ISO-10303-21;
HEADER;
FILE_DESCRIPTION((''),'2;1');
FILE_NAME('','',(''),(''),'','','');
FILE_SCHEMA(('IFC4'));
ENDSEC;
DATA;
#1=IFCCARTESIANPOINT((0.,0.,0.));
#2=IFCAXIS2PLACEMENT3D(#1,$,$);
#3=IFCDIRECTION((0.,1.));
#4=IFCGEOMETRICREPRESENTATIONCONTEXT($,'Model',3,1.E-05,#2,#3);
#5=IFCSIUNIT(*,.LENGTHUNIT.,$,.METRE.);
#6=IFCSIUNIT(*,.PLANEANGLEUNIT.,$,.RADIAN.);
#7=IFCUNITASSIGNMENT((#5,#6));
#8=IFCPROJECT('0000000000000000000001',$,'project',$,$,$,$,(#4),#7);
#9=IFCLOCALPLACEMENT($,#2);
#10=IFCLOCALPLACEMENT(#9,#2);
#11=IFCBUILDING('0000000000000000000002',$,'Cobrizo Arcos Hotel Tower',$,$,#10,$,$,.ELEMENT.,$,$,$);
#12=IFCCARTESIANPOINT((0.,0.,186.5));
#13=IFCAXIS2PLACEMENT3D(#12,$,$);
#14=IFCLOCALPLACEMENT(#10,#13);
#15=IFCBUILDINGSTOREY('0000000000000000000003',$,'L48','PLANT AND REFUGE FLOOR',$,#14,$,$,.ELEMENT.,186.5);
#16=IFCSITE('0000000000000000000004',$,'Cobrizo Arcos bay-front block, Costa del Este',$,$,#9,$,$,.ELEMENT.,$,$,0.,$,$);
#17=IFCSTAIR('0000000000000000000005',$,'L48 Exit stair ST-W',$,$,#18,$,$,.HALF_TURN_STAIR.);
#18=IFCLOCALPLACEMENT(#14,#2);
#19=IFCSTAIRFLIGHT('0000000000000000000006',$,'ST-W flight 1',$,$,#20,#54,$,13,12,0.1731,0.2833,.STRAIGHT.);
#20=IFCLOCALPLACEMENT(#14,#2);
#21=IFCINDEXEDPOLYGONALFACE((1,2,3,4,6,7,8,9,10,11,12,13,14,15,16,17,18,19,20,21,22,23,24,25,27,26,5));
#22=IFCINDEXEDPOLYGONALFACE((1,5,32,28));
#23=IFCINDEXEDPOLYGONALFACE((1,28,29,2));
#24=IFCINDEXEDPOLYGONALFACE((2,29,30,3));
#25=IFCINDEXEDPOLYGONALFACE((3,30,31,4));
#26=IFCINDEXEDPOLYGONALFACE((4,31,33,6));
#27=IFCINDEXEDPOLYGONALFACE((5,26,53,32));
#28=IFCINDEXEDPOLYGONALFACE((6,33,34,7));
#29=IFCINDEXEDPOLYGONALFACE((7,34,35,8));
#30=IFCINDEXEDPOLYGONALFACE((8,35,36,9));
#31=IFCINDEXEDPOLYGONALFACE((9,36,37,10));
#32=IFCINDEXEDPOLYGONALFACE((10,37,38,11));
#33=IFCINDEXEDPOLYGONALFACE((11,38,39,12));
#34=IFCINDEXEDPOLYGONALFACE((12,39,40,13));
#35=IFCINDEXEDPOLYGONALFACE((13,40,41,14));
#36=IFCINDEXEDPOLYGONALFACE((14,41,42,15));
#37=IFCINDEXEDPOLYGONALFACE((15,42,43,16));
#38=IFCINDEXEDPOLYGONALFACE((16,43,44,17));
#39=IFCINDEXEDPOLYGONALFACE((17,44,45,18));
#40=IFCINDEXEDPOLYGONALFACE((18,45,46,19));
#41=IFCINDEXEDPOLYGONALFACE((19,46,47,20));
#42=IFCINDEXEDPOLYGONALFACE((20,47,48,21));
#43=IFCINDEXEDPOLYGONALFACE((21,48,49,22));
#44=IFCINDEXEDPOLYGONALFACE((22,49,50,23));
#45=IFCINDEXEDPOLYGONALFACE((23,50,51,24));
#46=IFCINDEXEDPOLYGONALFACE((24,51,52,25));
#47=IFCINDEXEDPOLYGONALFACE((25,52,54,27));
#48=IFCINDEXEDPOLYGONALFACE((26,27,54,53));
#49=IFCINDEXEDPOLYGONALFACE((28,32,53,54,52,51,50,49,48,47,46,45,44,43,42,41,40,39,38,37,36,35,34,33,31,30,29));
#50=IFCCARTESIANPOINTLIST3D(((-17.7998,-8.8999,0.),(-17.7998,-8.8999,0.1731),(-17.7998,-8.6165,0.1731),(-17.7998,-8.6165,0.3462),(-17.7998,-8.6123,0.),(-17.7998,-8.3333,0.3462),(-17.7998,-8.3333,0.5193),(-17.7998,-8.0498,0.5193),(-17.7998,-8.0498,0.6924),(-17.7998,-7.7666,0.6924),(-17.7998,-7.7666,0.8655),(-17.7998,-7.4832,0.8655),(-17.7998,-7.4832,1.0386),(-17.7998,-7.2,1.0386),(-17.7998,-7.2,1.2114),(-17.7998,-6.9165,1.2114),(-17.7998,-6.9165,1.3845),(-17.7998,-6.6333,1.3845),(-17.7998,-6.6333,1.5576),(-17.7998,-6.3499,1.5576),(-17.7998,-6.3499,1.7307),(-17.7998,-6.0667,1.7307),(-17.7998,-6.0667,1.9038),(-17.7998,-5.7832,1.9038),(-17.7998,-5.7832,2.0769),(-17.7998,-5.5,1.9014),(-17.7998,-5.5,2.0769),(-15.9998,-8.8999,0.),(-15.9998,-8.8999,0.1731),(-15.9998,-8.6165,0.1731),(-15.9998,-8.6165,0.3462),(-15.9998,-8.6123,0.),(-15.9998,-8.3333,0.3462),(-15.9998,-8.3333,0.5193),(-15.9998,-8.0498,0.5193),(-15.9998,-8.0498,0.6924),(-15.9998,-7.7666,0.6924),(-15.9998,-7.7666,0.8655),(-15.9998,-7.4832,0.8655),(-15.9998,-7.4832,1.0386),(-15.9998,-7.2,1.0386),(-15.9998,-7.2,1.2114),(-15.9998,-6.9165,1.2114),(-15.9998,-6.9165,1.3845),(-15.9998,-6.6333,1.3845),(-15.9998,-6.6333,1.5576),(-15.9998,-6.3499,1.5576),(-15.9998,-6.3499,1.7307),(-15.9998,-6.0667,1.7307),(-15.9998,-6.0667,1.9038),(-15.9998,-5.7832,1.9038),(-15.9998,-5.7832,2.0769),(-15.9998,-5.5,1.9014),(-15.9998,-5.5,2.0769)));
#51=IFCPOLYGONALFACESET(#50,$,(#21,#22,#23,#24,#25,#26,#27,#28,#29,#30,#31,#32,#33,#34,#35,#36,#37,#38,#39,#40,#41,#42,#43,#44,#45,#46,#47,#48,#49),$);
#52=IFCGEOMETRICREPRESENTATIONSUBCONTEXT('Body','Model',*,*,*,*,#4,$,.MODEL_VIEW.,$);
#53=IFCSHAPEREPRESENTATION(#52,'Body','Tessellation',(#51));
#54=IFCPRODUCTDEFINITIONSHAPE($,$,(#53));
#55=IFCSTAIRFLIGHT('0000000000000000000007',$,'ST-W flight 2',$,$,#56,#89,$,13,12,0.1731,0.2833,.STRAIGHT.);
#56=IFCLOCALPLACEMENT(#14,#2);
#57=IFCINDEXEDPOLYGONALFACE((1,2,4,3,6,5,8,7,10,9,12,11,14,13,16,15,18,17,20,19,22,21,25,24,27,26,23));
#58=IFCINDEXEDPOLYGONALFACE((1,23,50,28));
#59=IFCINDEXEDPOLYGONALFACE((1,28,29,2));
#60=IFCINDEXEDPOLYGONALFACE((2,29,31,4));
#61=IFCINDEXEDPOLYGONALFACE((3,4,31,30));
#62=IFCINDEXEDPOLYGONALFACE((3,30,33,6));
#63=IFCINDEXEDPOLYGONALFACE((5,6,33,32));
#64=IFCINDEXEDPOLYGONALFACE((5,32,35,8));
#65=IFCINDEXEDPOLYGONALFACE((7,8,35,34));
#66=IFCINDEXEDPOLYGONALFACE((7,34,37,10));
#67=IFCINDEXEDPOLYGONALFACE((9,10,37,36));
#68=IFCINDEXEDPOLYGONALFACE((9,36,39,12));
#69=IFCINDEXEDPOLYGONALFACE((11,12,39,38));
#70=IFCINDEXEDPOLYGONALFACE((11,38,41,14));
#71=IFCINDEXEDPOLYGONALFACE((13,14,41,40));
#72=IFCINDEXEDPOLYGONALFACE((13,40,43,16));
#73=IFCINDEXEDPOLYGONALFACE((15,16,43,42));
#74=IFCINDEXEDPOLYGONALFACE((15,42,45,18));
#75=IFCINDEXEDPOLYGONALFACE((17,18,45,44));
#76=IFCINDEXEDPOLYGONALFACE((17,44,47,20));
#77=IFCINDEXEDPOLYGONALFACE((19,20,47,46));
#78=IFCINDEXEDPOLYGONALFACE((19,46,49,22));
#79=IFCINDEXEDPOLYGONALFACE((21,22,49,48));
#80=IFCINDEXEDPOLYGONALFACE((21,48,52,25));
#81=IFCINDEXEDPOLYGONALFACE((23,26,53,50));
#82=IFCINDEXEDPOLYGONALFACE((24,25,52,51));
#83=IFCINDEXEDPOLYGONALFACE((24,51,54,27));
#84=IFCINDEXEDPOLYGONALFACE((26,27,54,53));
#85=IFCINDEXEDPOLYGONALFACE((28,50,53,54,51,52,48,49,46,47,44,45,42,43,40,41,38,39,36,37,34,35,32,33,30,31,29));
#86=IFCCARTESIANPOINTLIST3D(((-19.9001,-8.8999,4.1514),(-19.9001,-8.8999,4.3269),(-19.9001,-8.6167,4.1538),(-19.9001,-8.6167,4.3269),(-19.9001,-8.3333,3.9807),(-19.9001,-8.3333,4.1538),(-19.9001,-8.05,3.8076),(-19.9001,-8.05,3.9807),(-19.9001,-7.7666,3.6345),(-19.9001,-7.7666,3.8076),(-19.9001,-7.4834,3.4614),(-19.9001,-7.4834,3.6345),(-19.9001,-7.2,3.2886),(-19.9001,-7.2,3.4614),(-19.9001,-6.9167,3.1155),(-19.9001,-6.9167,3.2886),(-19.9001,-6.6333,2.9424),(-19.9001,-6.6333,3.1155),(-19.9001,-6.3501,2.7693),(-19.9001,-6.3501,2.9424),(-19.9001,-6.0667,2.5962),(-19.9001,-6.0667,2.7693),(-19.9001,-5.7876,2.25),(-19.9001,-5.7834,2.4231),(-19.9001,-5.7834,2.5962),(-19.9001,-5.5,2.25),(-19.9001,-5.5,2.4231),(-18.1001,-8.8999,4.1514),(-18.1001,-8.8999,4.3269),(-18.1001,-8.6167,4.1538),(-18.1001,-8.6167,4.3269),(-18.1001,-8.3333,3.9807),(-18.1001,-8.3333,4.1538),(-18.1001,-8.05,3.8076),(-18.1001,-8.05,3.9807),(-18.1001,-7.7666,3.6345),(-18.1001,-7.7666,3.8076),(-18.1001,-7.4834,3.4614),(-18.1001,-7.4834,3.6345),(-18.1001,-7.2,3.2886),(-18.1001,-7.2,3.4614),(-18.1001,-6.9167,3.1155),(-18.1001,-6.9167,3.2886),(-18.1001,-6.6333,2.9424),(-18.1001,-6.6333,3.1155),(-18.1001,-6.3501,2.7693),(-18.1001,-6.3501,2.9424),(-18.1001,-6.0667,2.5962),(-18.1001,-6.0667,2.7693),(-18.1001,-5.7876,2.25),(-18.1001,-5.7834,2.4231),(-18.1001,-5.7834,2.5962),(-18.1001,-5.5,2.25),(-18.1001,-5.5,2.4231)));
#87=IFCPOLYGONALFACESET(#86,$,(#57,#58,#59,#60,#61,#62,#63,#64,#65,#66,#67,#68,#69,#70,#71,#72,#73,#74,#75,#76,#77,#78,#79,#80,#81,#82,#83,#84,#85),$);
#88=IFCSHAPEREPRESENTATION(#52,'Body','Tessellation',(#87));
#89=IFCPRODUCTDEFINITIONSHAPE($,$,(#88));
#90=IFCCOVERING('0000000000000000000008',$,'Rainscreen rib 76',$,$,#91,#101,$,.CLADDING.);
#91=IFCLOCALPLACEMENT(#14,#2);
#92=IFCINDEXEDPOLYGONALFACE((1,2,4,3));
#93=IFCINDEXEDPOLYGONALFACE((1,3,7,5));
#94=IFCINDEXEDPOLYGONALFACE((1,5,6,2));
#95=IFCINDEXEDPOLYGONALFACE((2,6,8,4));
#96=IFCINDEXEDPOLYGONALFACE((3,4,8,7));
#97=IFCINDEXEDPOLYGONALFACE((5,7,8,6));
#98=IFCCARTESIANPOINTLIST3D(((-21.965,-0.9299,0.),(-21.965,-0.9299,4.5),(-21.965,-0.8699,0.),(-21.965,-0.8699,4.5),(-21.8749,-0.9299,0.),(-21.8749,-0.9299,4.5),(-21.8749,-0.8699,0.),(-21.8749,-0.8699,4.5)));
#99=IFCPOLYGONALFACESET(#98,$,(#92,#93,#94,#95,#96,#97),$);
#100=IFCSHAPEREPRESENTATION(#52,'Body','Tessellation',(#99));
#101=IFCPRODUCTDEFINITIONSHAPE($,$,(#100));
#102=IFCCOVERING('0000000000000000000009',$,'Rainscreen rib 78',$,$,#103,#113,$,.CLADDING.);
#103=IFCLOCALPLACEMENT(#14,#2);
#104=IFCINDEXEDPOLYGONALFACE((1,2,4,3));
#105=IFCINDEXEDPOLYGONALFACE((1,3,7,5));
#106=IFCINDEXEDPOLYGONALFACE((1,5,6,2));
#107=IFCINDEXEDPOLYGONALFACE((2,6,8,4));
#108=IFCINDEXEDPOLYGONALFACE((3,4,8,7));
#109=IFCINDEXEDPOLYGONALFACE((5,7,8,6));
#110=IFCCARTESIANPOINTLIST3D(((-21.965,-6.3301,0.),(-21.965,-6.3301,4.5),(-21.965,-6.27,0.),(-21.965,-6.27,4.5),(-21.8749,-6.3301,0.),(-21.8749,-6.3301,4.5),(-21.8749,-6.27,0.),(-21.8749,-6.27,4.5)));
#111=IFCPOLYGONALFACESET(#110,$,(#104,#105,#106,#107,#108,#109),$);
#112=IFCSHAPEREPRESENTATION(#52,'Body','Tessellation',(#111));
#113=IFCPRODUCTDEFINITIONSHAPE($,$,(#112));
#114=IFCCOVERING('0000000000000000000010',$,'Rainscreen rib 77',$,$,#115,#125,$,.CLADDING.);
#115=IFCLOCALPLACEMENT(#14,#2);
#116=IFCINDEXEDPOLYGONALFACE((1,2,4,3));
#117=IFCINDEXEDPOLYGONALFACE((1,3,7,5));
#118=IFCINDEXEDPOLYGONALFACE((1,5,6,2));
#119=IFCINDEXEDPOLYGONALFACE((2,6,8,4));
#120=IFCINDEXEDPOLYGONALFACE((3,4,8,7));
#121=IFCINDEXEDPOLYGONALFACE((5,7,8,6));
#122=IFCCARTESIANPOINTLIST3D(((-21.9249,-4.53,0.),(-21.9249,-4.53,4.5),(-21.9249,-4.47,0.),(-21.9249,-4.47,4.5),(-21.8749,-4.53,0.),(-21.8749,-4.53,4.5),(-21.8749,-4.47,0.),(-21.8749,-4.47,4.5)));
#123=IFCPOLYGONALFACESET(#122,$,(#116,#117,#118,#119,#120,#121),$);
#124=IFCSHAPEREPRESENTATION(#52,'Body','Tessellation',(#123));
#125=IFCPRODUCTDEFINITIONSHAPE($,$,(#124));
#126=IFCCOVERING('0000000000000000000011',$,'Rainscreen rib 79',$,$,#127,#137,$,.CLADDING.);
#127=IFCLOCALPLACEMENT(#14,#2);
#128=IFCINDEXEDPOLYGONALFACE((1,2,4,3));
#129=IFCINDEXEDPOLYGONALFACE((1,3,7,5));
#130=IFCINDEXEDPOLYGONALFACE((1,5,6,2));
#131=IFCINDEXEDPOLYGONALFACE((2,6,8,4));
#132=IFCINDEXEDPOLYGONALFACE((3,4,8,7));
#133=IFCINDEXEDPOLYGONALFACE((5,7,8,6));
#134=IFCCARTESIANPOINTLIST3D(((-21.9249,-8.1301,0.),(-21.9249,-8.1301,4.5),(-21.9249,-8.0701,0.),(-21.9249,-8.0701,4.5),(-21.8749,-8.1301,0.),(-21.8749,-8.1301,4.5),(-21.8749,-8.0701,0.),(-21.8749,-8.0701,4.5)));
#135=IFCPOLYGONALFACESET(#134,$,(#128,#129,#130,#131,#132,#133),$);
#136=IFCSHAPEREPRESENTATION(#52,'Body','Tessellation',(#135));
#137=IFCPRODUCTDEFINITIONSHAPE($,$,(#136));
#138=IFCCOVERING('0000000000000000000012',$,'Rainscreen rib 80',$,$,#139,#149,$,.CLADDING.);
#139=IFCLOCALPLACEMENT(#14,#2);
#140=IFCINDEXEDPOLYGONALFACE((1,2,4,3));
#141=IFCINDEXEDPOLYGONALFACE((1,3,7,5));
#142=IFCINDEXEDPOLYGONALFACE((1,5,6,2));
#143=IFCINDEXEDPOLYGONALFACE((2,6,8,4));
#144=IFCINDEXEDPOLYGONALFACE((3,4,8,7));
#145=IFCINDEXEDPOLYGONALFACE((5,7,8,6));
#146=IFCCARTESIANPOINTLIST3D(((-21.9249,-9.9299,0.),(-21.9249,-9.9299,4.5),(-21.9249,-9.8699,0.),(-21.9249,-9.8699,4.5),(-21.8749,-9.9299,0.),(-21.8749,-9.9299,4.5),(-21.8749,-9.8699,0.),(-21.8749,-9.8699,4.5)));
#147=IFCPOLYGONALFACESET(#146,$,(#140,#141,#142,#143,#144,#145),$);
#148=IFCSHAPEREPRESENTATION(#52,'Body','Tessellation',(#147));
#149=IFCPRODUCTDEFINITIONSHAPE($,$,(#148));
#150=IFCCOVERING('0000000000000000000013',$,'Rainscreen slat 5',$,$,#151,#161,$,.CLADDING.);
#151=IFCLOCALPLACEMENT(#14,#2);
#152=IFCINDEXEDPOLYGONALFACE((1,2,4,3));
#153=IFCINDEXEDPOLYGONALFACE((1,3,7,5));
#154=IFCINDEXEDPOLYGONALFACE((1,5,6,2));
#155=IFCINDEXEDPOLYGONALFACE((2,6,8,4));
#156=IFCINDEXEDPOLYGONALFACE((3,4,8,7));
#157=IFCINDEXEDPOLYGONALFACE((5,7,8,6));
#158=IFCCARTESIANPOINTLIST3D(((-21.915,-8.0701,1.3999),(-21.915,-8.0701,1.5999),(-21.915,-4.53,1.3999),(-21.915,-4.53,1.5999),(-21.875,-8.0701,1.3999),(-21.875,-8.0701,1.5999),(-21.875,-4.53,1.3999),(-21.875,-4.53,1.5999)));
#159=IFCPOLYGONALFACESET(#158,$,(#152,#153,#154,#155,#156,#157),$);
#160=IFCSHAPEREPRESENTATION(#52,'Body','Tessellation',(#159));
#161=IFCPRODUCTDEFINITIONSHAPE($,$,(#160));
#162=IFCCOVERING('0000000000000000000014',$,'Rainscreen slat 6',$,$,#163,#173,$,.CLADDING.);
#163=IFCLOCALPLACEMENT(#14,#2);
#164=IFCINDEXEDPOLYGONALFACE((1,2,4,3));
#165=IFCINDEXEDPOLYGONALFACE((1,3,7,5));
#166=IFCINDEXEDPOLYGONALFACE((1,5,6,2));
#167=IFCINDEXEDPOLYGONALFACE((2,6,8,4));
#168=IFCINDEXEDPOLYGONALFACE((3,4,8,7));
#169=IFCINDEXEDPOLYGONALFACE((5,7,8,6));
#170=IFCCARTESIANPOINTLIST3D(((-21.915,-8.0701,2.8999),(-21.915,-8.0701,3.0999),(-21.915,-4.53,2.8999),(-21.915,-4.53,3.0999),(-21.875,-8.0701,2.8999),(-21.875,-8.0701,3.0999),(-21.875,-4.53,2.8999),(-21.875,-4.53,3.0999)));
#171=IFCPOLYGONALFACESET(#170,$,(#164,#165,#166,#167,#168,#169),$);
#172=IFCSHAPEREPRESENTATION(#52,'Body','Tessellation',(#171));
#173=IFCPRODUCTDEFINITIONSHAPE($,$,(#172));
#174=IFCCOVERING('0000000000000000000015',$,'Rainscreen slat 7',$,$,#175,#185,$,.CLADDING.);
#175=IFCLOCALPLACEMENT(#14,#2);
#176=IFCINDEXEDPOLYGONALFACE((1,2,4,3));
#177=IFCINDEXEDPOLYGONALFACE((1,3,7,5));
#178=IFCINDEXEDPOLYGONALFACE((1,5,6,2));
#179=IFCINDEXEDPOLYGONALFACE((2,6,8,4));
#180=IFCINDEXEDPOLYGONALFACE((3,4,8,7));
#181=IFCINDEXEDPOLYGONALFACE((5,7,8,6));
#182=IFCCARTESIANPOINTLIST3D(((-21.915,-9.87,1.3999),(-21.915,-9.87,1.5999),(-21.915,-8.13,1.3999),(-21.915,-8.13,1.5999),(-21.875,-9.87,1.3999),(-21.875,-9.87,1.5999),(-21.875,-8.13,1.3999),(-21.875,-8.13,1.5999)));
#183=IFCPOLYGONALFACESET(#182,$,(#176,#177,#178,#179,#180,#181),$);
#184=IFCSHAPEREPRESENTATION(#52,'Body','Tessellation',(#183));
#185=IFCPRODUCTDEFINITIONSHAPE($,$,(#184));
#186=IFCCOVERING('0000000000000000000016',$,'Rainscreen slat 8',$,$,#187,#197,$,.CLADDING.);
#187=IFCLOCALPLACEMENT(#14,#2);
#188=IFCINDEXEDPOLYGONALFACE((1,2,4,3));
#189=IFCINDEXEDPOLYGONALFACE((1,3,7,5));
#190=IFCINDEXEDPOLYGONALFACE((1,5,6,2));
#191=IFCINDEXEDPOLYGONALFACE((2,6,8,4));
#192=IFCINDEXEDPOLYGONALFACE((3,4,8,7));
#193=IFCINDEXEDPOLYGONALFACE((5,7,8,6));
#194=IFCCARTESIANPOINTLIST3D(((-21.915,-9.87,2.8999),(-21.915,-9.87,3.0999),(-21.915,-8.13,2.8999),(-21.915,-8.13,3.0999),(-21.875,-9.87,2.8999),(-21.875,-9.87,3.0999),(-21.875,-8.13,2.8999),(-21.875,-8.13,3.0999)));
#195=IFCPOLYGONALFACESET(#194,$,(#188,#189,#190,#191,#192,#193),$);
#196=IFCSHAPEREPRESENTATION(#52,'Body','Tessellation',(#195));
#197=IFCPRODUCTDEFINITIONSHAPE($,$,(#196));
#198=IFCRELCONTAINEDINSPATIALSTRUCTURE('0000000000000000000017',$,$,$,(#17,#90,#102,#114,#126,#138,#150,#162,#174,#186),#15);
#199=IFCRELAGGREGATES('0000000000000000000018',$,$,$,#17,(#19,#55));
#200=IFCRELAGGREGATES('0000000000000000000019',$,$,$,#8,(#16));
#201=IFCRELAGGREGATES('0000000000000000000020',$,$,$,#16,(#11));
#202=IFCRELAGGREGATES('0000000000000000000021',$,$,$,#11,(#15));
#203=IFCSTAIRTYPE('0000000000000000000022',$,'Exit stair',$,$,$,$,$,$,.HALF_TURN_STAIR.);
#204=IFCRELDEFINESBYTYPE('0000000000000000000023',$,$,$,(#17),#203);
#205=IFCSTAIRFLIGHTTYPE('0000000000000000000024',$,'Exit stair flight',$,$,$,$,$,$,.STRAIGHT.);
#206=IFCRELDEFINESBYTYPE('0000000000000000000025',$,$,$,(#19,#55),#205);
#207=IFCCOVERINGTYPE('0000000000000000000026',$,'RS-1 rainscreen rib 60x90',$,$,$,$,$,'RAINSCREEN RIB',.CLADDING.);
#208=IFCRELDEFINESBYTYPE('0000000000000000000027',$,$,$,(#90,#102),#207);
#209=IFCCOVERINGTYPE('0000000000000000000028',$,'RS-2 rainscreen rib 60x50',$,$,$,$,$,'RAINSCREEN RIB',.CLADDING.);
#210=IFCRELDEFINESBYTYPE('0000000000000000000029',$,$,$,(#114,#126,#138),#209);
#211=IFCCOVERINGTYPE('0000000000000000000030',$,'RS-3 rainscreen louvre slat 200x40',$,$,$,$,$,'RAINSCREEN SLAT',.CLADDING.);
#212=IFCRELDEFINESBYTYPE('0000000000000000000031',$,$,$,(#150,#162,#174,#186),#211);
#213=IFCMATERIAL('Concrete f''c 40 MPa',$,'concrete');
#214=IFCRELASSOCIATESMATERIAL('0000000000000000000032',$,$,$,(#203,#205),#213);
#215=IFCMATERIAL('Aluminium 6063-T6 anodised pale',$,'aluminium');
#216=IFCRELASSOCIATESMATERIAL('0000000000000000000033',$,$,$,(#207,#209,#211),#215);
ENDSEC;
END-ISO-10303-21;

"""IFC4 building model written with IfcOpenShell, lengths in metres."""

from ifc_helpers import new_model, si_unit, direction, frame, origin, origin_2d, place, context, subcontext, project, spatial, polyline, rectangle, outline, extrude, material, type_object, element, aggregate, save


model = new_model("IFC4")

# Units and contexts
model_context = context("Model", 3, precision=1e-05, world=origin(), true_north=direction((0.0, 1.0)))
body_context = subcontext(model_context, "Body", "Model", "MODEL_VIEW")
ifc_project = project(units=[si_unit("LENGTHUNIT", "METRE"), si_unit("PLANEANGLEUNIT", "RADIAN")], contexts=[model_context])

# Site, building, storey
site_placement = place(None, origin())
site = spatial("IfcSite", under=ifc_project, at=site_placement, Name="Cobrizo Arcos bay-front block, Costa del Este", CompositionType="ELEMENT", RefElevation=0.0)
building_placement = place(site_placement, origin())
building = spatial("IfcBuilding", under=site, at=building_placement, Name="Cobrizo Arcos Hotel Tower", CompositionType="ELEMENT")
storey_placement = place(building_placement, frame((0.0, 0.0, 186.5)))
storey = spatial("IfcBuildingStorey", under=building, at=storey_placement, Name="L48", Description="PLANT AND REFUGE FLOOR", CompositionType="ELEMENT", Elevation=186.5)

# Shared definitions
ifc_material_1 = material(Name="Concrete f'c 40 MPa", Category="concrete")

# Stair, stair flights
stair_type = type_object("IfcStairType", Name="Exit stair", PredefinedType="HALF_TURN_STAIR", material=ifc_material_1)
stair_placement = place(storey_placement, origin())
stair = element("IfcStair", 1, at=stair_placement, inside=storey, type_object=stair_type, Name="L48 Exit stair ST-W", PredefinedType="HALF_TURN_STAIR")
stair_flight_type = type_object("IfcStairFlightType", Name="Exit stair flight", PredefinedType="STRAIGHT", material=ifc_material_1)
stair_flight_1_placement = place(storey_placement, frame((-16.8999, -8.8999, 0.0), z_axis=(0.0, 0.0, 1.0), x_axis=(0.0, 1.0, 0.0)))
stair_flight_1 = element("IfcStairFlight", 2, at=stair_flight_1_placement, type_object=stair_flight_type, Name="ST-W flight 1", NumberOfRisers=13, NumberOfTreads=12, PredefinedType="STRAIGHT", RiserHeight=0.1731, TreadLength=0.2833, context=body_context, shape_type="SweptSolid", body=[
    extrude(outline(polyline([(0.0, 0.0), (0.0, 0.1731), (0.2834, 0.1731), (0.2834, 0.3462), (0.5667, 0.3462), (0.5667, 0.5193), (0.8501, 0.5193), (0.8501, 0.6924), (1.1333, 0.6924), (1.1333, 0.8655), (1.4167, 0.8655), (1.4167, 1.0386), (1.7, 1.0386), (1.7, 1.2114), (1.9834, 1.2114), (1.9834, 1.3845), (2.2666, 1.3845), (2.2666, 1.5576), (2.55, 1.5576), (2.55, 1.7307), (2.8333, 1.7307), (2.8333, 1.9038), (3.1167, 1.9038), (3.1167, 2.0769), (3.3999, 2.0769), (3.3999, 2.25), (3.3999, 1.9014), (0.2876, 0.0), (0.0, 0.0)])), frame((0.0, 0.8999, 0.0), z_axis=(0.0, -1.0, 0.0), x_axis=(1.0, 0.0, 0.0)), (0.0, 0.0, 1.0), 1.8),
])
stair_flight_2_placement = place(storey_placement, frame((-19.0, -5.5, 2.25), z_axis=(0.0, 0.0, 1.0), x_axis=(0.0, -1.0, 0.0)))
stair_flight_2 = element("IfcStairFlight", 3, at=stair_flight_2_placement, type_object=stair_flight_type, Name="ST-W flight 2", NumberOfRisers=13, NumberOfTreads=12, PredefinedType="STRAIGHT", RiserHeight=0.1731, TreadLength=0.2833, context=body_context, shape_type="SweptSolid", body=[
    extrude(outline(polyline([(0.0, 0.0), (0.0, 0.1731), (0.2834, 0.1731), (0.2834, 0.3462), (0.5667, 0.3462), (0.5667, 0.5193), (0.8501, 0.5193), (0.8501, 0.6924), (1.1333, 0.6924), (1.1333, 0.8655), (1.4167, 0.8655), (1.4167, 1.0386), (1.7, 1.0386), (1.7, 1.2114), (1.9834, 1.2114), (1.9834, 1.3845), (2.2666, 1.3845), (2.2666, 1.5576), (2.55, 1.5576), (2.55, 1.7307), (2.8333, 1.7307), (2.8333, 1.9038), (3.1167, 1.9038), (3.1167, 2.0769), (3.3999, 2.0769), (3.3999, 2.25), (3.3999, 1.9014), (0.2876, 0.0), (0.0, 0.0)])), frame((0.0, 0.8999, 0.0), z_axis=(0.0, -1.0, 0.0), x_axis=(1.0, 0.0, 0.0)), (0.0, 0.0, 1.0), 1.8),
])
aggregate(stair, [stair_flight_1, stair_flight_2])

# Coverings
ifc_material_2 = material(Name="Aluminium 6063-T6 anodised pale", Category="aluminium")
covering_type_1 = type_object("IfcCoveringType", Name="RS-1 rainscreen rib 60x90", ElementType="RAINSCREEN RIB", PredefinedType="CLADDING", material=ifc_material_2)
for number, where, z_axis, x_axis, name in (
    (4, (-21.9199, -0.8999, 0.0), (0.0, 0.0, 1.0), (0.0, -1.0, 0.0), "Rainscreen rib 76"),
    (5, (-21.9199, -6.3, 0.0), (0.0, 0.0, 1.0), (0.0, -1.0, 0.0), "Rainscreen rib 78"),
):
    element("IfcCovering", number, at=place(storey_placement, frame(where, z_axis=z_axis, x_axis=x_axis)), inside=storey, type_object=covering_type_1, Name=name, PredefinedType="CLADDING", context=body_context, shape_type="SweptSolid", body=[
        extrude(rectangle(XDim=0.0601, YDim=0.0901, at=origin_2d()), origin(), (0.0, 0.0, 1.0), 4.5),
    ])
covering_type_2 = type_object("IfcCoveringType", Name="RS-2 rainscreen rib 60x50", ElementType="RAINSCREEN RIB", PredefinedType="CLADDING", material=ifc_material_2)
for number, where, z_axis, x_axis, name in (
    (6, (-21.8999, -4.5, 0.0), (0.0, 0.0, 1.0), (0.0, -1.0, 0.0), "Rainscreen rib 77"),
    (7, (-21.8999, -8.1001, 0.0), (0.0, 0.0, 1.0), (0.0, -1.0, 0.0), "Rainscreen rib 79"),
    (8, (-21.8999, -9.8999, 0.0), (0.0, 0.0, 1.0), (0.0, -1.0, 0.0), "Rainscreen rib 80"),
):
    element("IfcCovering", number, at=place(storey_placement, frame(where, z_axis=z_axis, x_axis=x_axis)), inside=storey, type_object=covering_type_2, Name=name, PredefinedType="CLADDING", context=body_context, shape_type="SweptSolid", body=[
        extrude(rectangle(XDim=0.0601, YDim=0.05, at=origin_2d()), origin(), (0.0, 0.0, 1.0), 4.5),
    ])
covering_type_3 = type_object("IfcCoveringType", Name="RS-3 rainscreen louvre slat 200x40", ElementType="RAINSCREEN SLAT", PredefinedType="CLADDING", material=ifc_material_2)
for number, where, z_axis, x_axis, name in (
    (9, (-21.895, -6.3, 1.3999), (0.0, 0.0, 1.0), (0.0, -1.0, 0.0), "Rainscreen slat 5"),
    (10, (-21.895, -6.3, 2.8999), (0.0, 0.0, 1.0), (0.0, -1.0, 0.0), "Rainscreen slat 6"),
):
    element("IfcCovering", number, at=place(storey_placement, frame(where, z_axis=z_axis, x_axis=x_axis)), inside=storey, type_object=covering_type_3, Name=name, PredefinedType="CLADDING", context=body_context, shape_type="SweptSolid", body=[
        extrude(rectangle(XDim=3.54, YDim=0.04, at=origin_2d()), origin(), (0.0, 0.0, 1.0), 0.2),
    ])
for number, where, z_axis, x_axis, name in (
    (11, (-21.895, -9.0, 1.3999), (0.0, 0.0, 1.0), (0.0, -1.0, 0.0), "Rainscreen slat 7"),
    (12, (-21.895, -9.0, 2.8999), (0.0, 0.0, 1.0), (0.0, -1.0, 0.0), "Rainscreen slat 8"),
):
    element("IfcCovering", number, at=place(storey_placement, frame(where, z_axis=z_axis, x_axis=x_axis)), inside=storey, type_object=covering_type_3, Name=name, PredefinedType="CLADDING", context=body_context, shape_type="SweptSolid", body=[
        extrude(rectangle(XDim=1.74, YDim=0.04, at=origin_2d()), origin(), (0.0, 0.0, 1.0), 0.2),
    ])

save(model, "model.ifc")
